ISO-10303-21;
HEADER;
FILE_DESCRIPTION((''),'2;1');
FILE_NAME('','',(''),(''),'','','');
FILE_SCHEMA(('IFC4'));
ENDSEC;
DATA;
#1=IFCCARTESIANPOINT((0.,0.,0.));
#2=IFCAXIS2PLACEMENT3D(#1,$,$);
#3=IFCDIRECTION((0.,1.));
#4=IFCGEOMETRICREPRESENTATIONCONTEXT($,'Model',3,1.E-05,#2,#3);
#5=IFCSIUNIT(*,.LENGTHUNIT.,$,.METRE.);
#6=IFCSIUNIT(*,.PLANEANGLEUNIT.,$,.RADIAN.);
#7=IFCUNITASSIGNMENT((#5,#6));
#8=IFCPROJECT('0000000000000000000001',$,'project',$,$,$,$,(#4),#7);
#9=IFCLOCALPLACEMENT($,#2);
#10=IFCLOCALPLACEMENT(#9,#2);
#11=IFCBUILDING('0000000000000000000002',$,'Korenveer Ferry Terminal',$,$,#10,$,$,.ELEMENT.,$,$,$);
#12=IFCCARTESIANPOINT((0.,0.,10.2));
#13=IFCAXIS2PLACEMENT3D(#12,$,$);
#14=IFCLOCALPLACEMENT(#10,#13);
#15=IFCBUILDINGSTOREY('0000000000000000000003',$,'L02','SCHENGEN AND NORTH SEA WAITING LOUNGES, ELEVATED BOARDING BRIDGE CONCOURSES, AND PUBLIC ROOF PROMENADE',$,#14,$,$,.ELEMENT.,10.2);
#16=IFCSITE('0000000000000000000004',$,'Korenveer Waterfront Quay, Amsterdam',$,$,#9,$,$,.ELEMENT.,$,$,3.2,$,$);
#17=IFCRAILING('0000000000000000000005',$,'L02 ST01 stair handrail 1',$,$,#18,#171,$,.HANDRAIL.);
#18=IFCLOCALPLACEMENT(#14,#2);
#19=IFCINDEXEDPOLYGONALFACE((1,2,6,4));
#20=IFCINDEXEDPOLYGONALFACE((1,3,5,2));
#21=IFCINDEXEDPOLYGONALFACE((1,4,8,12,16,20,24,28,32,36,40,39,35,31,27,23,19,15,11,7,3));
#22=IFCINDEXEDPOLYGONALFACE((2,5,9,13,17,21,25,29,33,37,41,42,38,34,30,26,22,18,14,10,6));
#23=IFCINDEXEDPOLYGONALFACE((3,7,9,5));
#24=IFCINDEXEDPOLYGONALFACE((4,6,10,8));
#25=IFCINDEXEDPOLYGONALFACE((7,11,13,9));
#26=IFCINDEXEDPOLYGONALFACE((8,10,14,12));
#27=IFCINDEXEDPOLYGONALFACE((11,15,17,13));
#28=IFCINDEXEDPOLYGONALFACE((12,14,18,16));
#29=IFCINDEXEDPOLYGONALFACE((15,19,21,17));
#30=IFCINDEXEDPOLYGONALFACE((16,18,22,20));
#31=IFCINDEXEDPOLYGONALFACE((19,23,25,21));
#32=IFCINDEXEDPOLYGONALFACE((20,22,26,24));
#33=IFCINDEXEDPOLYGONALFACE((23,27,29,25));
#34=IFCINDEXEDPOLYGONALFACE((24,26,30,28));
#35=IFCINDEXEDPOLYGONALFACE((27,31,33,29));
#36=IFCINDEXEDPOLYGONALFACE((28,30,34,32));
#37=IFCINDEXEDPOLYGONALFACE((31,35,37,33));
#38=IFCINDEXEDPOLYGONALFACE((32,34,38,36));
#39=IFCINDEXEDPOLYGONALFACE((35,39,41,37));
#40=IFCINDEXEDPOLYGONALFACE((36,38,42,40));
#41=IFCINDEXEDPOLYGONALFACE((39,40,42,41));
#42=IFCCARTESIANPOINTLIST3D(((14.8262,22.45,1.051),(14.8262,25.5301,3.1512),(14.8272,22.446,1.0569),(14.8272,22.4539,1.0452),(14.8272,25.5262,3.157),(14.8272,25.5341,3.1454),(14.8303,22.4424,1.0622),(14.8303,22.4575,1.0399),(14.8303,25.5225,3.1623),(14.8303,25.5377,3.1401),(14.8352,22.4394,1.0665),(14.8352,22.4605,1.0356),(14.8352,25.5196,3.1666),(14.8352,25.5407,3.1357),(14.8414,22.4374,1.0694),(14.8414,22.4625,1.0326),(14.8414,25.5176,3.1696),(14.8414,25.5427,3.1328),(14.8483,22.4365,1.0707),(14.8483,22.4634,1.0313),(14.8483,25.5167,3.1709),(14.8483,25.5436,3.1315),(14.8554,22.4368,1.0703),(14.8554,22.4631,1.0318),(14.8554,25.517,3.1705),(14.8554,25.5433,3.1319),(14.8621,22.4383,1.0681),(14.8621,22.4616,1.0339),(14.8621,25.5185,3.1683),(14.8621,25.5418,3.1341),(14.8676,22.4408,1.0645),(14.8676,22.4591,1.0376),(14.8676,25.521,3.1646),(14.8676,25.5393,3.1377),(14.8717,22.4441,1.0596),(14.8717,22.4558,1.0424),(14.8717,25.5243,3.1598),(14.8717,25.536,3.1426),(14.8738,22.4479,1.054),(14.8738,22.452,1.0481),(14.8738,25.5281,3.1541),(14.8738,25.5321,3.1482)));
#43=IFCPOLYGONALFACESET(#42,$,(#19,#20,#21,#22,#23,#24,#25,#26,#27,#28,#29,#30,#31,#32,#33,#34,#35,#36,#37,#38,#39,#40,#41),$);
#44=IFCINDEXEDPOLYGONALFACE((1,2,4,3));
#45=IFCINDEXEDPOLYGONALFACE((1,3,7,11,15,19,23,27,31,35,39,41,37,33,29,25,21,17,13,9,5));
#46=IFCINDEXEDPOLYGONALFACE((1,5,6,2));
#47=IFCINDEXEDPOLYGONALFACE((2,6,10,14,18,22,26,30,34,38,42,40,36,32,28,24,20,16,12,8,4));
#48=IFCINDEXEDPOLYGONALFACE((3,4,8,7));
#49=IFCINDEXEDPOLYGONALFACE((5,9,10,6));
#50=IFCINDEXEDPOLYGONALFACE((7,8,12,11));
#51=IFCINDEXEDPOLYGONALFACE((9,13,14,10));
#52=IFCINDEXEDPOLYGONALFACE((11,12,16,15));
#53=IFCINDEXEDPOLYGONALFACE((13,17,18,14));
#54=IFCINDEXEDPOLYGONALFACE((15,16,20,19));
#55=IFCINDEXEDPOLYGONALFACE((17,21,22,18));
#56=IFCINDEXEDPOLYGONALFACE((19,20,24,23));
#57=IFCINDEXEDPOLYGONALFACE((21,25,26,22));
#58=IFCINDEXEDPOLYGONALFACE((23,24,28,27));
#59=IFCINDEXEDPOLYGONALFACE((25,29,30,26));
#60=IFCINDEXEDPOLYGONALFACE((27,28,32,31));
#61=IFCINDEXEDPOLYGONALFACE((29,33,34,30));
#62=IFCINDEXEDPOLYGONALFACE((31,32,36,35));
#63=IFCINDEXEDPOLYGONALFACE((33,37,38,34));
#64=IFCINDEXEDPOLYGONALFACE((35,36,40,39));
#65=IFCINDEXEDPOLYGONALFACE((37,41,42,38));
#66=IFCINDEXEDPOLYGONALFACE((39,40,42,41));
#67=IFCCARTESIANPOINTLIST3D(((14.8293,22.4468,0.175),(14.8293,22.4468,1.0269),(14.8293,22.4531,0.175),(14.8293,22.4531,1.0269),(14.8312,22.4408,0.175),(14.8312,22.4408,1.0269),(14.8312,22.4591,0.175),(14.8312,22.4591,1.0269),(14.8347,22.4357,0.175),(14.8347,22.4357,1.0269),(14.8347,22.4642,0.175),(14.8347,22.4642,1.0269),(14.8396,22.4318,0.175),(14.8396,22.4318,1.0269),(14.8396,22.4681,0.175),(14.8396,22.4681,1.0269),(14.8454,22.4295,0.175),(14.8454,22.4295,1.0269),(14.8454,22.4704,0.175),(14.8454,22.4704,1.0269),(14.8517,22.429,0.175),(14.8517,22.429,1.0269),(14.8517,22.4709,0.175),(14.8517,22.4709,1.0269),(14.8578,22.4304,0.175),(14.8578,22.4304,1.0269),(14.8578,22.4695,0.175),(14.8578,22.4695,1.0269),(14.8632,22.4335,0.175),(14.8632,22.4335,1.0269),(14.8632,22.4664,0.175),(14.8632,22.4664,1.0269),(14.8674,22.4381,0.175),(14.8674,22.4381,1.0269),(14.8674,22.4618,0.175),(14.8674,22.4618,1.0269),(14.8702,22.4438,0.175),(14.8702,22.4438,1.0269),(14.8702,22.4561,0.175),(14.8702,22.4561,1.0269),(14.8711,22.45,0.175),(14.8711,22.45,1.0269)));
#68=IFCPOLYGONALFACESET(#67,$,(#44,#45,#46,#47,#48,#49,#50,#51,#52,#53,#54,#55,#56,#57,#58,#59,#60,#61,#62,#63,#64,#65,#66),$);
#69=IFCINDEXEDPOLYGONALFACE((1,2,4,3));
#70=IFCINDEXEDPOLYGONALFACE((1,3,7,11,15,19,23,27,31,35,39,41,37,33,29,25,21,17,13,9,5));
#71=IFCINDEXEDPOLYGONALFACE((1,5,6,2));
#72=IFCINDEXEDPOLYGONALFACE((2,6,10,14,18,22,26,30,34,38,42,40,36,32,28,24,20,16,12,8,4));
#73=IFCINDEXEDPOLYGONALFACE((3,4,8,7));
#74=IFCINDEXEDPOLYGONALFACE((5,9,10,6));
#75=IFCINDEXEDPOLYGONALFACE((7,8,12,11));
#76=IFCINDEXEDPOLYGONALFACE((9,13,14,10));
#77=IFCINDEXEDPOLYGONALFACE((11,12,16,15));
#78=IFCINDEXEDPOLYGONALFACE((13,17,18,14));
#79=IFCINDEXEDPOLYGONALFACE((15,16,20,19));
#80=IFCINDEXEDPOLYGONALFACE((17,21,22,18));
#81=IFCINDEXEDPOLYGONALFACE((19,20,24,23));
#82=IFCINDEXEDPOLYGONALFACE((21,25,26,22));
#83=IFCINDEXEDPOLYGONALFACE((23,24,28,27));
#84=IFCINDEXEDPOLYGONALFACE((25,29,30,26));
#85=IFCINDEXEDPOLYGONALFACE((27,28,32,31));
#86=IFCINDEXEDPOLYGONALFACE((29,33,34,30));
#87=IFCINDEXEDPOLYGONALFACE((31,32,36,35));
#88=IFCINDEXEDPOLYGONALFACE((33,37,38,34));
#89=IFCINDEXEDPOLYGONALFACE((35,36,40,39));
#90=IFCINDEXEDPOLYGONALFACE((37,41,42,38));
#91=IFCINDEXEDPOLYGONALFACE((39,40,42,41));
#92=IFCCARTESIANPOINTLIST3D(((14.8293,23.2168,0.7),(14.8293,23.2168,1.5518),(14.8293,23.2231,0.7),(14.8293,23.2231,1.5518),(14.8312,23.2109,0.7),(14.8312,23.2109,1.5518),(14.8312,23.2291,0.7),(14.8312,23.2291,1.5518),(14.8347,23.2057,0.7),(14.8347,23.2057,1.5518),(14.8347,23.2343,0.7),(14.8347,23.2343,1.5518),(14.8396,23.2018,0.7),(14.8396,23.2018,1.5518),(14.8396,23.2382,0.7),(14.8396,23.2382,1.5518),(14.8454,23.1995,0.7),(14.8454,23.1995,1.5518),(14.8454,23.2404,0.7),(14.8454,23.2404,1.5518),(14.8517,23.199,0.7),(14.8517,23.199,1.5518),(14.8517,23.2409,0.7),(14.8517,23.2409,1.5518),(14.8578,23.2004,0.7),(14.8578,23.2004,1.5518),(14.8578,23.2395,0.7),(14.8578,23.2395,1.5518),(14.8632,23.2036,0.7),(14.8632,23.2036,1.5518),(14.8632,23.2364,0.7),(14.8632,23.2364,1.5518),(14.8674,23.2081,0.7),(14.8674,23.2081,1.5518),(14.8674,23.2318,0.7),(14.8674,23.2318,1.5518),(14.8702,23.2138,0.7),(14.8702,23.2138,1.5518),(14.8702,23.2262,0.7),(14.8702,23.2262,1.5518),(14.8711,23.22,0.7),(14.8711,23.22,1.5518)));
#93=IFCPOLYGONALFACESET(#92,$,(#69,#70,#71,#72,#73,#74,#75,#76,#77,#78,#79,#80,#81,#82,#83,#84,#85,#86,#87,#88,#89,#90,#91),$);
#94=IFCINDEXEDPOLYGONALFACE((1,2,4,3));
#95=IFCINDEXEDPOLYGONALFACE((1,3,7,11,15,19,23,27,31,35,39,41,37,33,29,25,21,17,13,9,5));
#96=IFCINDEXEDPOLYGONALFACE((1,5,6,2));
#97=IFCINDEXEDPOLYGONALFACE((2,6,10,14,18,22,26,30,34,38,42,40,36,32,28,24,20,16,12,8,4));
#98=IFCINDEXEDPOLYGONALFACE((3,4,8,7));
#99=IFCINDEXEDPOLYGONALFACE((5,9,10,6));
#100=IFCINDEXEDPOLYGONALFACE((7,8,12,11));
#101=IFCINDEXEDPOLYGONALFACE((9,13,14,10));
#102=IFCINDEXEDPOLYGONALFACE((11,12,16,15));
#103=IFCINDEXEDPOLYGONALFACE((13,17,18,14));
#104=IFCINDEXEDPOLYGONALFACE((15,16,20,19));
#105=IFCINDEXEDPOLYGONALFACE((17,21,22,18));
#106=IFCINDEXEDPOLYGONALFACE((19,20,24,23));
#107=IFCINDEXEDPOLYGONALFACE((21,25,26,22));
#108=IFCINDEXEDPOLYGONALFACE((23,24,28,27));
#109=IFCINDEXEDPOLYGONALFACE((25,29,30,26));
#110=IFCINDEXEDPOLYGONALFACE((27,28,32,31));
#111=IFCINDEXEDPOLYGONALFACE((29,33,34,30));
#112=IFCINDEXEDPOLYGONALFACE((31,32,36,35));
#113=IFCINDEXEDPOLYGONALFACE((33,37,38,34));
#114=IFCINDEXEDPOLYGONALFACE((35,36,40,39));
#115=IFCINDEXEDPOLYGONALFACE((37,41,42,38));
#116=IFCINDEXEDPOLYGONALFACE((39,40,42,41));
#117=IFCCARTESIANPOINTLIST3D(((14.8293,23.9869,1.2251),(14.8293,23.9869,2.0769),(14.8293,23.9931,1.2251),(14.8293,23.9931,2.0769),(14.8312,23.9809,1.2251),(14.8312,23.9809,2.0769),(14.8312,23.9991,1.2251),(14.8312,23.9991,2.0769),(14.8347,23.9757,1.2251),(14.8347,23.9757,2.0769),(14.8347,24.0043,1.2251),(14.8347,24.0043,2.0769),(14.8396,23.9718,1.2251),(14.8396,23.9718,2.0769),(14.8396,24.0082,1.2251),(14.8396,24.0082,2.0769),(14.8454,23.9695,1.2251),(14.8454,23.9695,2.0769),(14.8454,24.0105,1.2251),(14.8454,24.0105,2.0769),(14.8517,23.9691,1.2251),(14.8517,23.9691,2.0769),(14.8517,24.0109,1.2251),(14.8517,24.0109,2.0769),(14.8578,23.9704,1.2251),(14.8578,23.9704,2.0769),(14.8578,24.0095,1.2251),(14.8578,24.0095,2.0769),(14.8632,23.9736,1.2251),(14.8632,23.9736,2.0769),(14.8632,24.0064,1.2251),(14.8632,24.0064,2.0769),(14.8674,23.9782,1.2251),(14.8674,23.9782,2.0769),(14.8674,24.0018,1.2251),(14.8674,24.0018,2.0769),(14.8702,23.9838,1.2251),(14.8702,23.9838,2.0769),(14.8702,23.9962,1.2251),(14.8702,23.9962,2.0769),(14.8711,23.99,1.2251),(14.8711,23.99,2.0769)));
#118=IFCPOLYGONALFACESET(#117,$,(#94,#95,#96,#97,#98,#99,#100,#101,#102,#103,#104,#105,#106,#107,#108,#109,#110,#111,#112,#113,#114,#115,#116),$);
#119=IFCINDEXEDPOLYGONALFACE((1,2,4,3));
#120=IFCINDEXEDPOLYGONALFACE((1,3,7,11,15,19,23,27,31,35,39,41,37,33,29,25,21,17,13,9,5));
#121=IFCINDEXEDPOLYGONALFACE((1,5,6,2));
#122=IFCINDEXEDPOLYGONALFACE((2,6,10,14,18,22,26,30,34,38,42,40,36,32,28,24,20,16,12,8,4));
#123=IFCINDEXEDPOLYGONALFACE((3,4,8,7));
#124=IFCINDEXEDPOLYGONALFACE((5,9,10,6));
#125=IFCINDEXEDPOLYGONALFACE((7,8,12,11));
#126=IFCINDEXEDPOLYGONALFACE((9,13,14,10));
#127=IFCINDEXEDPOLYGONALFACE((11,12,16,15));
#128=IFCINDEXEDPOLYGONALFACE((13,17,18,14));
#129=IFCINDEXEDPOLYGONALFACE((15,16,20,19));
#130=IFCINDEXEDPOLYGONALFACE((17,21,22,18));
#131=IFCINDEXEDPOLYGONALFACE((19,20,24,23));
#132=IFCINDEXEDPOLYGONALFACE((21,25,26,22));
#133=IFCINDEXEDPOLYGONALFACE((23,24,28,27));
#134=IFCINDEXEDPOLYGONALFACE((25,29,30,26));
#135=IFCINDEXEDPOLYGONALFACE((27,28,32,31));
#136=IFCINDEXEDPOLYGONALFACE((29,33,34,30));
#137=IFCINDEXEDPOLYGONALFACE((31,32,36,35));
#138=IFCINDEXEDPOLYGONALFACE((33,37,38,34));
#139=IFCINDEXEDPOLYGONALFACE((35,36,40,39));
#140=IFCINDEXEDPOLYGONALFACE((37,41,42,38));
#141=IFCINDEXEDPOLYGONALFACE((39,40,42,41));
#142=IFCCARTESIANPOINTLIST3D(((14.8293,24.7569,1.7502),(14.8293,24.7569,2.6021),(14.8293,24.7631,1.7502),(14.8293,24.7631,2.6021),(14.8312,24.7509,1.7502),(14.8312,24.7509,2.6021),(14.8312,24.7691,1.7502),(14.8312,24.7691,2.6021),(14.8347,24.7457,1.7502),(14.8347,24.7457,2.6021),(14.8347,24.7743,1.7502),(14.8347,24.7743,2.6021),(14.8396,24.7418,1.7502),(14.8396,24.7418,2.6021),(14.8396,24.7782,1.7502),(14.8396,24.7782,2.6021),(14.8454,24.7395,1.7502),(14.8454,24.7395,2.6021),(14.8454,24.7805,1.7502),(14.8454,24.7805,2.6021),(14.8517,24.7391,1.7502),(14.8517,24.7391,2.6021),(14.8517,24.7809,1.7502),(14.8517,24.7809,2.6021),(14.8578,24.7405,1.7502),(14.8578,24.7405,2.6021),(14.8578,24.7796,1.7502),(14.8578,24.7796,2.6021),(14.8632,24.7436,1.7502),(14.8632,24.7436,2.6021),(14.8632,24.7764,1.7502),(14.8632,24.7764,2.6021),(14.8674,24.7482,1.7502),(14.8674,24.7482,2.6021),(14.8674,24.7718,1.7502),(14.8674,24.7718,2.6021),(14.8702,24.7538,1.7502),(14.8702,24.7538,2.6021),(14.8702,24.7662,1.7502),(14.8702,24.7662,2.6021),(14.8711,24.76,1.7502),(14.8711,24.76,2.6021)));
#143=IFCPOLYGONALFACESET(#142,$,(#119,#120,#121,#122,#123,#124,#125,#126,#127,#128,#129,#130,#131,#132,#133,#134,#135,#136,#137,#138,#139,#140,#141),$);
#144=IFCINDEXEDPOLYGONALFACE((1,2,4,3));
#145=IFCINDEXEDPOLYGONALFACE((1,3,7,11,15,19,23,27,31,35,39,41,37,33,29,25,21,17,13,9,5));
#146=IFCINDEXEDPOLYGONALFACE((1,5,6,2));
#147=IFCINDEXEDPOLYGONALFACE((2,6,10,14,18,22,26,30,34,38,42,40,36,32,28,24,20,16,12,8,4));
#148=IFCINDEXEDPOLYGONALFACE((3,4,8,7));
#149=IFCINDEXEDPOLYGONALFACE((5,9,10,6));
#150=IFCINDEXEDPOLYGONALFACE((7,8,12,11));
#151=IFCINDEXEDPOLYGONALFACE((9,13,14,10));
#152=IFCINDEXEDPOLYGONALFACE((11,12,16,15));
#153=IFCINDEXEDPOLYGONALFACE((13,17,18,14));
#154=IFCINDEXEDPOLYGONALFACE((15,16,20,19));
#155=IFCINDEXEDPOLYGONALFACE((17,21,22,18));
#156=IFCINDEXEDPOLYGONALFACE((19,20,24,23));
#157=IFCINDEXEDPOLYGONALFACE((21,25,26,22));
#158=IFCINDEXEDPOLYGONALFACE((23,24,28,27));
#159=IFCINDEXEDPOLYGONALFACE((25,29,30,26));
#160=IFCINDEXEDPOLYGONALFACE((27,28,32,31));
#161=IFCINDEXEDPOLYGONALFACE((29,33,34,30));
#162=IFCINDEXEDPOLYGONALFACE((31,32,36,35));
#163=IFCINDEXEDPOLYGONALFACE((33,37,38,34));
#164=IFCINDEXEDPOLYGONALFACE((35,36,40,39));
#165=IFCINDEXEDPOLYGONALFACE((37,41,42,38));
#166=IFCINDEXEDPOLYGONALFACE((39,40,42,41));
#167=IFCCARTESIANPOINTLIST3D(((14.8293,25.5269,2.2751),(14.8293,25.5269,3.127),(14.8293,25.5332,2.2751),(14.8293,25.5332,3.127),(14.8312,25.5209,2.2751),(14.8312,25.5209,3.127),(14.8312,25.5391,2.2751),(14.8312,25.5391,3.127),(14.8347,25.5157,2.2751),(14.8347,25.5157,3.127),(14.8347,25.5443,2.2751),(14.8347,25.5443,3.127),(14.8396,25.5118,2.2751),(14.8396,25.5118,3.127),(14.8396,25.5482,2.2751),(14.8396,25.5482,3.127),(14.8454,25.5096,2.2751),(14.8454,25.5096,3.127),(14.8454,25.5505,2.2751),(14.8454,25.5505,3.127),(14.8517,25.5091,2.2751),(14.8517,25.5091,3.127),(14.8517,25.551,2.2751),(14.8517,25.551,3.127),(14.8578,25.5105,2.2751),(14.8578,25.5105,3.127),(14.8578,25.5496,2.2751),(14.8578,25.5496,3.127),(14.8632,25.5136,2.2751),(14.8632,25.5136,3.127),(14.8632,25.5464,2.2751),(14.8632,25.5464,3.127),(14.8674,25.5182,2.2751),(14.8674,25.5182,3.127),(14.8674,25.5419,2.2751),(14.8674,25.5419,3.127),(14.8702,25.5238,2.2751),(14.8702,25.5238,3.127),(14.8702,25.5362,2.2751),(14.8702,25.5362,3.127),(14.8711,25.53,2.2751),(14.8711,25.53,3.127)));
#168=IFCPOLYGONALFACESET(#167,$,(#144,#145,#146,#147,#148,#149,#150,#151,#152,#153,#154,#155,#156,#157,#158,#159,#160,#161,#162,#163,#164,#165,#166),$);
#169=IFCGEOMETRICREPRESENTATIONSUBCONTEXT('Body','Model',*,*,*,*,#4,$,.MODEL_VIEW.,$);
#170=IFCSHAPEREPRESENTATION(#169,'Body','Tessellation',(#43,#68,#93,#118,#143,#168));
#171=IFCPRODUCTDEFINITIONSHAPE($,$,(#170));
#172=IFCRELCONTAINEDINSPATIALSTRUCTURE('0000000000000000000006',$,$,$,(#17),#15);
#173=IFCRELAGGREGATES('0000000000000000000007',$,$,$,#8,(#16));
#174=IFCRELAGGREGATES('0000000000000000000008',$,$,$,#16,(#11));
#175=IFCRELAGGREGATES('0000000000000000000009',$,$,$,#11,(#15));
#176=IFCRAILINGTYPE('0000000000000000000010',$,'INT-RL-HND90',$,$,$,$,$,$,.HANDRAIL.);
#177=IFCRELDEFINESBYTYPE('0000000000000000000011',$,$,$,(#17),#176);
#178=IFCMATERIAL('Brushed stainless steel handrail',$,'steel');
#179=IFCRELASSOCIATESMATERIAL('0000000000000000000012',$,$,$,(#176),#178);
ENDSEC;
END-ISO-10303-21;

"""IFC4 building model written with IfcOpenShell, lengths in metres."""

from ifc_helpers import new_model, si_unit, direction, frame, origin, origin_2d, place, context, subcontext, project, spatial, circle, extrude, material, type_object, element, save


model = new_model("IFC4")

# Units and contexts
model_context = context("Model", 3, precision=1e-05, world=origin(), true_north=direction((0.0, 1.0)))
body_context = subcontext(model_context, "Body", "Model", "MODEL_VIEW")
ifc_project = project(units=[si_unit("LENGTHUNIT", "METRE"), si_unit("PLANEANGLEUNIT", "RADIAN")], contexts=[model_context])

# Site, building, storey
site_placement = place(None, origin())
site = spatial("IfcSite", under=ifc_project, at=site_placement, Name="Korenveer Waterfront Quay, Amsterdam", CompositionType="ELEMENT", RefElevation=3.2)
building_placement = place(site_placement, origin())
building = spatial("IfcBuilding", under=site, at=building_placement, Name="Korenveer Ferry Terminal", CompositionType="ELEMENT")
storey_placement = place(building_placement, frame((0.0, 0.0, 10.2)))
storey = spatial("IfcBuildingStorey", under=building, at=storey_placement, Name="L02", Description="SCHENGEN AND NORTH SEA WAITING LOUNGES, ELEVATED BOARDING BRIDGE CONCOURSES, AND PUBLIC ROOF PROMENADE", CompositionType="ELEMENT", Elevation=10.2)

# Railing
ifc_material_1 = material(Name="Brushed stainless steel handrail", Category="steel")
railing_type_1 = type_object("IfcRailingType", Name="INT-RL-HND90", PredefinedType="HANDRAIL", material=ifc_material_1)
railing_1_placement = place(storey_placement, frame((14.8501, 22.45, 0.175)))
element("IfcRailing", 1, at=railing_1_placement, inside=storey, type_object=railing_type_1, Name="L02 ST01 stair handrail 1", PredefinedType="HANDRAIL", context=body_context, shape_type="SweptSolid", body=[
    extrude(circle(Radius=0.0239, at=origin_2d()), frame((0.0, 0.0, 0.876), z_axis=(0.0, 0.826222, 0.563345), x_axis=(-1.0, 0.0, 0.0)), (0.0, 0.0, 1.0), 3.728),
    extrude(circle(Radius=0.021, at=origin_2d()), origin(), (0.0, 0.0, 1.0), 0.8518),
    extrude(circle(Radius=0.021, at=origin_2d()), frame((0.0, 0.77, 0.5249)), (0.0, 0.0, 1.0), 0.8518),
    extrude(circle(Radius=0.021, at=origin_2d()), frame((0.0, 1.54, 1.05)), (0.0, 0.0, 1.0), 0.8518),
    extrude(circle(Radius=0.021, at=origin_2d()), frame((0.0, 2.3101, 1.5752)), (0.0, 0.0, 1.0), 0.8518),
    extrude(circle(Radius=0.021, at=origin_2d()), frame((0.0, 3.0801, 2.1001)), (0.0, 0.0, 1.0), 0.8518),
])

save(model, "model.ifc")
